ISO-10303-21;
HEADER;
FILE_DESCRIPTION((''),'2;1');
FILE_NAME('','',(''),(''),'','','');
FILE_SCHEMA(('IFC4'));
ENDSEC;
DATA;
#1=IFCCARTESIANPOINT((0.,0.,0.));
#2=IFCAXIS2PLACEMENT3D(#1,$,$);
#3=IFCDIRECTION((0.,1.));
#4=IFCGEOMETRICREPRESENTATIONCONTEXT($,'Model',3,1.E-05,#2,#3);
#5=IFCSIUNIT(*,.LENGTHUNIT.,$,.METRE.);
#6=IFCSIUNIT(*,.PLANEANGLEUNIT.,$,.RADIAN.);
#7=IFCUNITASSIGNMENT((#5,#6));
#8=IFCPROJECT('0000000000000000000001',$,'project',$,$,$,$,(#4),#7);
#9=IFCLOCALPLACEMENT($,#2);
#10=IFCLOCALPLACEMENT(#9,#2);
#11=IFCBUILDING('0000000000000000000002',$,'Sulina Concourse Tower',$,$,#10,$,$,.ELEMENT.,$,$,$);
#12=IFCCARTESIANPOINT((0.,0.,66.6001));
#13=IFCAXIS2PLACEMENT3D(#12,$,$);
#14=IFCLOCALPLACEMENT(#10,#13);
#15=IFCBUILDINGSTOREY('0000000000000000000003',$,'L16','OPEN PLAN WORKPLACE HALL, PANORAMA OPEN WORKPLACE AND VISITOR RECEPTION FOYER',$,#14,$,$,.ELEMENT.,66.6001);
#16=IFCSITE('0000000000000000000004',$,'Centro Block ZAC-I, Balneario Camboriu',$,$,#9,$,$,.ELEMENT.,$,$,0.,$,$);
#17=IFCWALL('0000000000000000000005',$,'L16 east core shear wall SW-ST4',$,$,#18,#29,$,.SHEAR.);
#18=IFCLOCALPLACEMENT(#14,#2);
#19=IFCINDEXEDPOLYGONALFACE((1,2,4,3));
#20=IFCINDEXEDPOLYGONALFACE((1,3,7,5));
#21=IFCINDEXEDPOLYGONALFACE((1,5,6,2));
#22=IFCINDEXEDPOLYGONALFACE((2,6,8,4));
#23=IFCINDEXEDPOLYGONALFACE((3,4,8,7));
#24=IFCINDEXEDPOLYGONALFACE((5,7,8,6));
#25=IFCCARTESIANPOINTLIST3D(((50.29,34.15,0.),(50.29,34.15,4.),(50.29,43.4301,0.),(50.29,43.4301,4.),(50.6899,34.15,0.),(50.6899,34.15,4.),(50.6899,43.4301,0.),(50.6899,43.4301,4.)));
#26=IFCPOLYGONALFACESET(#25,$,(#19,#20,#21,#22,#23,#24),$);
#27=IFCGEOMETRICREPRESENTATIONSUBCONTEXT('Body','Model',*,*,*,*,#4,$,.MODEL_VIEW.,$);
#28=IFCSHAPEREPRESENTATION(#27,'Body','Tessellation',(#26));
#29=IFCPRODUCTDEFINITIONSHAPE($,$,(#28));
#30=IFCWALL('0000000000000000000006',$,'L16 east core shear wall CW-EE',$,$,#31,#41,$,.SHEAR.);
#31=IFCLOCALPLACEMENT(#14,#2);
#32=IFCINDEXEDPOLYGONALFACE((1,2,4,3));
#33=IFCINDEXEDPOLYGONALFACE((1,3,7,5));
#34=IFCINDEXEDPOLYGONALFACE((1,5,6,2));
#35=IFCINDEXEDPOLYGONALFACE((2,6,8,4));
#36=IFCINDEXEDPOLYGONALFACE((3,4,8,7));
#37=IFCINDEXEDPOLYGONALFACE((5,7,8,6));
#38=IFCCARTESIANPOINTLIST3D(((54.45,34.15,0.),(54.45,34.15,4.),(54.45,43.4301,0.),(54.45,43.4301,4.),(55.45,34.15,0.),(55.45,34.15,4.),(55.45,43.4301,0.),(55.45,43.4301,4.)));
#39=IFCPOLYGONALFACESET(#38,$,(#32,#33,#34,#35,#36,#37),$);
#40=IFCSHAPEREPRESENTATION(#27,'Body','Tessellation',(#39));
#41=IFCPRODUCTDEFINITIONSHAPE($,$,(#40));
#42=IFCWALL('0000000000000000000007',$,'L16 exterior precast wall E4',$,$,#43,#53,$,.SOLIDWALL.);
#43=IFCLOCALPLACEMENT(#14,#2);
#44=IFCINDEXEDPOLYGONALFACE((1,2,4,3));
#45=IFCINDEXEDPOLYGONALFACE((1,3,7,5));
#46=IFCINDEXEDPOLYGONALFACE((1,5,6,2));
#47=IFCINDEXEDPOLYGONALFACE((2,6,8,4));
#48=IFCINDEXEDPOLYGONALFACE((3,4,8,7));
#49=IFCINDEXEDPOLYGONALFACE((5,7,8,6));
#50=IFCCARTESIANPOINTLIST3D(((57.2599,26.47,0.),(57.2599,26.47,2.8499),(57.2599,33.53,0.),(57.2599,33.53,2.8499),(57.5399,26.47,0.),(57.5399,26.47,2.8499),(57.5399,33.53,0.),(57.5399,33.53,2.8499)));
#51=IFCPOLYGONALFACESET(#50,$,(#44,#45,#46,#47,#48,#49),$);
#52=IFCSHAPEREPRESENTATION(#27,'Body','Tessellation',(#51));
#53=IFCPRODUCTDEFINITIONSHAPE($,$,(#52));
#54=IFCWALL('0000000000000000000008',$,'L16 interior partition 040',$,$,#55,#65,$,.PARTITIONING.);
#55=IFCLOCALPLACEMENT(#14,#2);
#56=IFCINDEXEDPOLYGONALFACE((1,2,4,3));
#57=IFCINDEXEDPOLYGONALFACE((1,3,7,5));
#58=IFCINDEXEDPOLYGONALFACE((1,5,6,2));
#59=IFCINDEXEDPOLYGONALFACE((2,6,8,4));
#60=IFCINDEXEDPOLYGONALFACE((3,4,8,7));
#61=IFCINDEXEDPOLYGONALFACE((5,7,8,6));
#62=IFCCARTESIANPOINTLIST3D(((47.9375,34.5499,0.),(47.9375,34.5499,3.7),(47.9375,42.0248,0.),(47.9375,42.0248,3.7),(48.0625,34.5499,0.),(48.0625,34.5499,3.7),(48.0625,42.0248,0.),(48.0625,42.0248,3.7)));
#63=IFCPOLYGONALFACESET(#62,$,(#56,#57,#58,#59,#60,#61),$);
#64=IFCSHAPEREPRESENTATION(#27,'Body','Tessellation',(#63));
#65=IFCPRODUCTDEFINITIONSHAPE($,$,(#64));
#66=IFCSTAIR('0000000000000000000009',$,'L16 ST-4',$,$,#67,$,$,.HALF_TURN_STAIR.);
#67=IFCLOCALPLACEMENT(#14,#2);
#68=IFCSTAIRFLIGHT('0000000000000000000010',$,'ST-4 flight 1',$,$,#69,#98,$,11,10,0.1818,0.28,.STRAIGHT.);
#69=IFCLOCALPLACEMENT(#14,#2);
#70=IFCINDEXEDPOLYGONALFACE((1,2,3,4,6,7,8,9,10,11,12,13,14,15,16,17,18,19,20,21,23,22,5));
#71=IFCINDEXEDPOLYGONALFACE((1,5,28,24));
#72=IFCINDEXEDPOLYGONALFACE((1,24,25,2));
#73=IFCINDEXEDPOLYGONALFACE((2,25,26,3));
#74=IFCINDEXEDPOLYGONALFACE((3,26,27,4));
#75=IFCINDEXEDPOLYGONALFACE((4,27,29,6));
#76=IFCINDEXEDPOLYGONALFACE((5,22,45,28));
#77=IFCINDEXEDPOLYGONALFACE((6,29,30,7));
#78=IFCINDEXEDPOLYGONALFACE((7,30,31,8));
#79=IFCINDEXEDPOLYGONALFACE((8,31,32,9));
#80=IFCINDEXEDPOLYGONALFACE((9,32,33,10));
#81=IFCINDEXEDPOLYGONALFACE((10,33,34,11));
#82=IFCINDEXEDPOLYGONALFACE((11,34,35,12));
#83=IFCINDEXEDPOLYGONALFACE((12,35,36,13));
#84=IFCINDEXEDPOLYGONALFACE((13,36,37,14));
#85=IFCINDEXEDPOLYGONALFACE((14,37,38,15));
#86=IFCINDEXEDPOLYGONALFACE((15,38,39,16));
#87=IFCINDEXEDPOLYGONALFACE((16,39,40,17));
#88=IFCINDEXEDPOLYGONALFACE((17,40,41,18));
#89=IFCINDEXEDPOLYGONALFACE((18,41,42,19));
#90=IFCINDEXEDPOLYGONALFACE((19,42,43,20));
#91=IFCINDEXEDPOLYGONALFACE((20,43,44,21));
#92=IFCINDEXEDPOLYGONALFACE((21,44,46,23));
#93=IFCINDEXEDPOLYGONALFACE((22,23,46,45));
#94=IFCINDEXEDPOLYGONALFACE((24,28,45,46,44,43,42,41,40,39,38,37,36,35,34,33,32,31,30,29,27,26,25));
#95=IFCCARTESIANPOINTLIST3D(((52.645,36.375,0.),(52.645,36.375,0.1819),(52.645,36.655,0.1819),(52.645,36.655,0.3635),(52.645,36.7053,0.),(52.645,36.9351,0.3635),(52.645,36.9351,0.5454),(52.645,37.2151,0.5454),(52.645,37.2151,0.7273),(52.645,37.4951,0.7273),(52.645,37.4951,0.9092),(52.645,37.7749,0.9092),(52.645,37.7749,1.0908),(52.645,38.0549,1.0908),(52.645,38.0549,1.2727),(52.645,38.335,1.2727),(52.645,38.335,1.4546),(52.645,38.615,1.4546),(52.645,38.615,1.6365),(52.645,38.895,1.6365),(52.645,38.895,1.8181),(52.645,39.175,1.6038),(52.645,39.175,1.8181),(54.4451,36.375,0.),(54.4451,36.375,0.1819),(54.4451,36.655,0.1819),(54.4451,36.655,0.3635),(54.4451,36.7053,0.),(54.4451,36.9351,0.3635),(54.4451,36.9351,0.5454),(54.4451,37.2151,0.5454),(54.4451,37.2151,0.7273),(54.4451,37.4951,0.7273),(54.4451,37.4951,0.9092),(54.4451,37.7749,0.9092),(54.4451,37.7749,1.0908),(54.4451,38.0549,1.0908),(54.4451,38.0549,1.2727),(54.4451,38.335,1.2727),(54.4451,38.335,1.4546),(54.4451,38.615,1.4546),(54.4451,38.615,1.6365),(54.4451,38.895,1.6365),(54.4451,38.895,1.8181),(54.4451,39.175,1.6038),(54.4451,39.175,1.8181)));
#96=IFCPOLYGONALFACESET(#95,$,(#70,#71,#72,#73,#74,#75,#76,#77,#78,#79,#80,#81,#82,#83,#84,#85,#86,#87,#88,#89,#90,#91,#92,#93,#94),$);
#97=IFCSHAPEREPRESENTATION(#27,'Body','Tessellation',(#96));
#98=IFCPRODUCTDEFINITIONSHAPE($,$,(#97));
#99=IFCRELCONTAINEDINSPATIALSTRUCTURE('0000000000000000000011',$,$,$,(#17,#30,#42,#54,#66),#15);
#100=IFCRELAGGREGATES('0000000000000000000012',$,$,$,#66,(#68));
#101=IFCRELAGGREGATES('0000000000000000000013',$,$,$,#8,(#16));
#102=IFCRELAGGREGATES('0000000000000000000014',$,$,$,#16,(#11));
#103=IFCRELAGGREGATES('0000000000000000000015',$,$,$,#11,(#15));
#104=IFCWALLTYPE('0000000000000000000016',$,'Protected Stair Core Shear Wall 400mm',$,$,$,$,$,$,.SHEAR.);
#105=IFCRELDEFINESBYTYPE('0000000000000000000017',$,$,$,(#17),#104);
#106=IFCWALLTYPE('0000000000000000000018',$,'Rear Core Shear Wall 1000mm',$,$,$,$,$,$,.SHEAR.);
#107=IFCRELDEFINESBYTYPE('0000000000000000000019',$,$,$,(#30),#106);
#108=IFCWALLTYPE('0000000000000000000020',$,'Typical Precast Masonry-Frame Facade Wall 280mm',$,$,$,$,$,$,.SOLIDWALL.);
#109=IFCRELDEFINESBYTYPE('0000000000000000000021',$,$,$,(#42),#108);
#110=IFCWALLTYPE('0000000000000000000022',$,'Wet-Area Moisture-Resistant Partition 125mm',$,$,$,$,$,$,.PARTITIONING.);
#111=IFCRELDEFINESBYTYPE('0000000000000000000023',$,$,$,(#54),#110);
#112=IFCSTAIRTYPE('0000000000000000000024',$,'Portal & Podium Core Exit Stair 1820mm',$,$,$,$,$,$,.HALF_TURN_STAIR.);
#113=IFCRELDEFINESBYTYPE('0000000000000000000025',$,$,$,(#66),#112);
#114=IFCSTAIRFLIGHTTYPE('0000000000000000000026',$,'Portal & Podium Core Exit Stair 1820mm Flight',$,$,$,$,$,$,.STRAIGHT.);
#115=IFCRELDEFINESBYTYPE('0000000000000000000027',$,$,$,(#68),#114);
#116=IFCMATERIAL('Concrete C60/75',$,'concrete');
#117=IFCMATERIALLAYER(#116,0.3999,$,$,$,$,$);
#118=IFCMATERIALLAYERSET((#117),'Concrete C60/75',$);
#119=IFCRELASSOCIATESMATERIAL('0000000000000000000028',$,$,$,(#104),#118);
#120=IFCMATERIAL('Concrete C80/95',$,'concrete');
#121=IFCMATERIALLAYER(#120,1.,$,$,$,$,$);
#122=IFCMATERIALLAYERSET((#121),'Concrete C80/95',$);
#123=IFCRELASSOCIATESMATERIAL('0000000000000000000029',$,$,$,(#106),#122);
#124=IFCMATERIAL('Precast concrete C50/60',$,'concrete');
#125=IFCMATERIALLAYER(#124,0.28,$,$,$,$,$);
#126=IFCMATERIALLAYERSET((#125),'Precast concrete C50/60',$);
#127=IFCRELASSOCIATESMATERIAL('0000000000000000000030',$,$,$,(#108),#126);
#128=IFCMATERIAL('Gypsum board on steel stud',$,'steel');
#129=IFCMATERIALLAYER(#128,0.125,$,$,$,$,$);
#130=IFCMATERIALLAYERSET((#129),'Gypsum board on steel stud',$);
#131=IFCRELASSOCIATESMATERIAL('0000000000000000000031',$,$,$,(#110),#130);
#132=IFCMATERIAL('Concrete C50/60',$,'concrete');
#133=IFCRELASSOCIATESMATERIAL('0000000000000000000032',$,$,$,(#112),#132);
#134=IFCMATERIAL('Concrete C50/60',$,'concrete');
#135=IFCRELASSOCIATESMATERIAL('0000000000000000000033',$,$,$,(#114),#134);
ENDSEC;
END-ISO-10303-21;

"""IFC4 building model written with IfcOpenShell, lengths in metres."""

from ifc_helpers import new_model, si_unit, direction, frame, frame_2d, origin, place, context, subcontext, project, spatial, polyline, rectangle, outline, extrude, material, layer, layer_set, type_object, element, aggregate, save


model = new_model("IFC4")

# Units and contexts
model_context = context("Model", 3, precision=1e-05, world=origin(), true_north=direction((0.0, 1.0)))
body_context = subcontext(model_context, "Body", "Model", "MODEL_VIEW")
ifc_project = project(units=[si_unit("LENGTHUNIT", "METRE"), si_unit("PLANEANGLEUNIT", "RADIAN")], contexts=[model_context])

# Site, building, storey
site_placement = place(None, origin())
site = spatial("IfcSite", under=ifc_project, at=site_placement, Name="Centro Block ZAC-I, Balneario Camboriu", CompositionType="ELEMENT", RefElevation=0.0)
building_placement = place(site_placement, origin())
building = spatial("IfcBuilding", under=site, at=building_placement, Name="Sulina Concourse Tower", CompositionType="ELEMENT")
storey_placement = place(building_placement, frame((0.0, 0.0, 66.6001)))
storey = spatial("IfcBuildingStorey", under=building, at=storey_placement, Name="L16", Description="OPEN PLAN WORKPLACE HALL, PANORAMA OPEN WORKPLACE AND VISITOR RECEPTION FOYER", CompositionType="ELEMENT", Elevation=66.6001)

# Shared definitions
ifc_material_1 = material(Name="Concrete C60/75", Category="concrete")
ifc_layer_1 = layer(ifc_material_1, 0.3999)
ifc_layer_set_1 = layer_set([ifc_layer_1], Name="Concrete C60/75")
wall_type_1 = type_object("IfcWallType", Name="Protected Stair Core Shear Wall 400mm", PredefinedType="SHEAR", material=ifc_layer_set_1)

# Walls
wall_1_placement = place(storey_placement, frame((50.49, 34.1499, 0.0), z_axis=(0.0, 0.0, 1.0), x_axis=(0.0, 1.0, 0.0)))
element("IfcWall", 1, at=wall_1_placement, inside=storey, type_object=wall_type_1, Name="L16 east core shear wall SW-ST4", PredefinedType="SHEAR", context=body_context, shape_type="SweptSolid", body=[
    extrude(rectangle(XDim=9.28, YDim=0.3999, at=frame_2d((4.6401, 0.0))), origin(), (0.0, 0.0, 1.0), 4.0),
])
ifc_material_2 = material(Name="Concrete C80/95", Category="concrete")
ifc_layer_2 = layer(ifc_material_2, 1.0)
ifc_layer_set_2 = layer_set([ifc_layer_2], Name="Concrete C80/95")
wall_type_2 = type_object("IfcWallType", Name="Rear Core Shear Wall 1000mm", PredefinedType="SHEAR", material=ifc_layer_set_2)
wall_2_placement = place(storey_placement, frame((54.95, 34.1499, 0.0), z_axis=(0.0, 0.0, 1.0), x_axis=(0.0, 1.0, 0.0)))
element("IfcWall", 2, at=wall_2_placement, inside=storey, type_object=wall_type_2, Name="L16 east core shear wall CW-EE", PredefinedType="SHEAR", context=body_context, shape_type="SweptSolid", body=[
    extrude(rectangle(XDim=9.28, YDim=1.0, at=frame_2d((4.6401, 0.0))), origin(), (0.0, 0.0, 1.0), 4.0),
])
ifc_material_3 = material(Name="Precast concrete C50/60", Category="concrete")
ifc_layer_3 = layer(ifc_material_3, 0.28)
ifc_layer_set_3 = layer_set([ifc_layer_3], Name="Precast concrete C50/60")
wall_type_3 = type_object("IfcWallType", Name="Typical Precast Masonry-Frame Facade Wall 280mm", PredefinedType="SOLIDWALL", material=ifc_layer_set_3)
wall_3_placement = place(storey_placement, frame((57.3999, 33.53, 0.0), z_axis=(0.0, 0.0, 1.0), x_axis=(0.0, -1.0, 0.0)))
element("IfcWall", 3, at=wall_3_placement, inside=storey, type_object=wall_type_3, Name="L16 exterior precast wall E4", PredefinedType="SOLIDWALL", context=body_context, shape_type="SweptSolid", body=[
    extrude(rectangle(XDim=7.0601, YDim=0.28, at=frame_2d((3.53, 0.0))), origin(), (0.0, 0.0, 1.0), 2.8499),
])
ifc_material_4 = material(Name="Gypsum board on steel stud", Category="steel")
ifc_layer_4 = layer(ifc_material_4, 0.125)
ifc_layer_set_4 = layer_set([ifc_layer_4], Name="Gypsum board on steel stud")
wall_type_4 = type_object("IfcWallType", Name="Wet-Area Moisture-Resistant Partition 125mm", PredefinedType="PARTITIONING", material=ifc_layer_set_4)
wall_4_placement = place(storey_placement, frame((48.0, 34.55, 0.0), z_axis=(0.0, 0.0, 1.0), x_axis=(0.0, 1.0, 0.0)))
element("IfcWall", 4, at=wall_4_placement, inside=storey, type_object=wall_type_4, Name="L16 interior partition 040", PredefinedType="PARTITIONING", context=body_context, shape_type="SweptSolid", body=[
    extrude(rectangle(XDim=7.4749, YDim=0.125, at=frame_2d((3.7373, 0.0))), origin(), (0.0, 0.0, 1.0), 3.7),
])

# Stair, stair flight
ifc_material_5 = material(Name="Concrete C50/60", Category="concrete")
stair_type = type_object("IfcStairType", Name="Portal & Podium Core Exit Stair 1820mm", PredefinedType="HALF_TURN_STAIR", material=ifc_material_5)
stair_placement = place(storey_placement, origin())
stair = element("IfcStair", 5, at=stair_placement, inside=storey, type_object=stair_type, Name="L16 ST-4", PredefinedType="HALF_TURN_STAIR")
ifc_material_6 = material(Name="Concrete C50/60", Category="concrete")
stair_flight_type = type_object("IfcStairFlightType", Name="Portal & Podium Core Exit Stair 1820mm Flight", PredefinedType="STRAIGHT", material=ifc_material_6)
stair_flight_placement = place(storey_placement, frame((53.5449, 36.375, 0.0), z_axis=(0.0, 0.0, 1.0), x_axis=(0.0, 1.0, 0.0)))
stair_flight = element("IfcStairFlight", 6, at=stair_flight_placement, type_object=stair_flight_type, Name="ST-4 flight 1", NumberOfRisers=11, NumberOfTreads=10, PredefinedType="STRAIGHT", RiserHeight=0.1818, TreadLength=0.28, context=body_context, shape_type="SweptSolid", body=[
    extrude(outline(polyline([(0.0, 0.0), (0.0, 0.1819), (0.28, 0.1819), (0.28, 0.3635), (0.5601, 0.3635), (0.5601, 0.5454), (0.8401, 0.5454), (0.8401, 0.7273), (1.1201, 0.7273), (1.1201, 0.9092), (1.3999, 0.9092), (1.3999, 1.0908), (1.6799, 1.0908), (1.6799, 1.2727), (1.96, 1.2727), (1.96, 1.4546), (2.24, 1.4546), (2.24, 1.6365), (2.52, 1.6365), (2.52, 1.8181), (2.8, 1.8181), (2.8, 2.0), (2.8, 1.6038), (0.3303, 0.0), (0.0, 0.0)])), frame((0.0, 0.8999, 0.0), z_axis=(0.0, -1.0, 0.0), x_axis=(1.0, 0.0, 0.0)), (0.0, 0.0, 1.0), 1.8),
])
aggregate(stair, [stair_flight])

save(model, "model.ifc")
